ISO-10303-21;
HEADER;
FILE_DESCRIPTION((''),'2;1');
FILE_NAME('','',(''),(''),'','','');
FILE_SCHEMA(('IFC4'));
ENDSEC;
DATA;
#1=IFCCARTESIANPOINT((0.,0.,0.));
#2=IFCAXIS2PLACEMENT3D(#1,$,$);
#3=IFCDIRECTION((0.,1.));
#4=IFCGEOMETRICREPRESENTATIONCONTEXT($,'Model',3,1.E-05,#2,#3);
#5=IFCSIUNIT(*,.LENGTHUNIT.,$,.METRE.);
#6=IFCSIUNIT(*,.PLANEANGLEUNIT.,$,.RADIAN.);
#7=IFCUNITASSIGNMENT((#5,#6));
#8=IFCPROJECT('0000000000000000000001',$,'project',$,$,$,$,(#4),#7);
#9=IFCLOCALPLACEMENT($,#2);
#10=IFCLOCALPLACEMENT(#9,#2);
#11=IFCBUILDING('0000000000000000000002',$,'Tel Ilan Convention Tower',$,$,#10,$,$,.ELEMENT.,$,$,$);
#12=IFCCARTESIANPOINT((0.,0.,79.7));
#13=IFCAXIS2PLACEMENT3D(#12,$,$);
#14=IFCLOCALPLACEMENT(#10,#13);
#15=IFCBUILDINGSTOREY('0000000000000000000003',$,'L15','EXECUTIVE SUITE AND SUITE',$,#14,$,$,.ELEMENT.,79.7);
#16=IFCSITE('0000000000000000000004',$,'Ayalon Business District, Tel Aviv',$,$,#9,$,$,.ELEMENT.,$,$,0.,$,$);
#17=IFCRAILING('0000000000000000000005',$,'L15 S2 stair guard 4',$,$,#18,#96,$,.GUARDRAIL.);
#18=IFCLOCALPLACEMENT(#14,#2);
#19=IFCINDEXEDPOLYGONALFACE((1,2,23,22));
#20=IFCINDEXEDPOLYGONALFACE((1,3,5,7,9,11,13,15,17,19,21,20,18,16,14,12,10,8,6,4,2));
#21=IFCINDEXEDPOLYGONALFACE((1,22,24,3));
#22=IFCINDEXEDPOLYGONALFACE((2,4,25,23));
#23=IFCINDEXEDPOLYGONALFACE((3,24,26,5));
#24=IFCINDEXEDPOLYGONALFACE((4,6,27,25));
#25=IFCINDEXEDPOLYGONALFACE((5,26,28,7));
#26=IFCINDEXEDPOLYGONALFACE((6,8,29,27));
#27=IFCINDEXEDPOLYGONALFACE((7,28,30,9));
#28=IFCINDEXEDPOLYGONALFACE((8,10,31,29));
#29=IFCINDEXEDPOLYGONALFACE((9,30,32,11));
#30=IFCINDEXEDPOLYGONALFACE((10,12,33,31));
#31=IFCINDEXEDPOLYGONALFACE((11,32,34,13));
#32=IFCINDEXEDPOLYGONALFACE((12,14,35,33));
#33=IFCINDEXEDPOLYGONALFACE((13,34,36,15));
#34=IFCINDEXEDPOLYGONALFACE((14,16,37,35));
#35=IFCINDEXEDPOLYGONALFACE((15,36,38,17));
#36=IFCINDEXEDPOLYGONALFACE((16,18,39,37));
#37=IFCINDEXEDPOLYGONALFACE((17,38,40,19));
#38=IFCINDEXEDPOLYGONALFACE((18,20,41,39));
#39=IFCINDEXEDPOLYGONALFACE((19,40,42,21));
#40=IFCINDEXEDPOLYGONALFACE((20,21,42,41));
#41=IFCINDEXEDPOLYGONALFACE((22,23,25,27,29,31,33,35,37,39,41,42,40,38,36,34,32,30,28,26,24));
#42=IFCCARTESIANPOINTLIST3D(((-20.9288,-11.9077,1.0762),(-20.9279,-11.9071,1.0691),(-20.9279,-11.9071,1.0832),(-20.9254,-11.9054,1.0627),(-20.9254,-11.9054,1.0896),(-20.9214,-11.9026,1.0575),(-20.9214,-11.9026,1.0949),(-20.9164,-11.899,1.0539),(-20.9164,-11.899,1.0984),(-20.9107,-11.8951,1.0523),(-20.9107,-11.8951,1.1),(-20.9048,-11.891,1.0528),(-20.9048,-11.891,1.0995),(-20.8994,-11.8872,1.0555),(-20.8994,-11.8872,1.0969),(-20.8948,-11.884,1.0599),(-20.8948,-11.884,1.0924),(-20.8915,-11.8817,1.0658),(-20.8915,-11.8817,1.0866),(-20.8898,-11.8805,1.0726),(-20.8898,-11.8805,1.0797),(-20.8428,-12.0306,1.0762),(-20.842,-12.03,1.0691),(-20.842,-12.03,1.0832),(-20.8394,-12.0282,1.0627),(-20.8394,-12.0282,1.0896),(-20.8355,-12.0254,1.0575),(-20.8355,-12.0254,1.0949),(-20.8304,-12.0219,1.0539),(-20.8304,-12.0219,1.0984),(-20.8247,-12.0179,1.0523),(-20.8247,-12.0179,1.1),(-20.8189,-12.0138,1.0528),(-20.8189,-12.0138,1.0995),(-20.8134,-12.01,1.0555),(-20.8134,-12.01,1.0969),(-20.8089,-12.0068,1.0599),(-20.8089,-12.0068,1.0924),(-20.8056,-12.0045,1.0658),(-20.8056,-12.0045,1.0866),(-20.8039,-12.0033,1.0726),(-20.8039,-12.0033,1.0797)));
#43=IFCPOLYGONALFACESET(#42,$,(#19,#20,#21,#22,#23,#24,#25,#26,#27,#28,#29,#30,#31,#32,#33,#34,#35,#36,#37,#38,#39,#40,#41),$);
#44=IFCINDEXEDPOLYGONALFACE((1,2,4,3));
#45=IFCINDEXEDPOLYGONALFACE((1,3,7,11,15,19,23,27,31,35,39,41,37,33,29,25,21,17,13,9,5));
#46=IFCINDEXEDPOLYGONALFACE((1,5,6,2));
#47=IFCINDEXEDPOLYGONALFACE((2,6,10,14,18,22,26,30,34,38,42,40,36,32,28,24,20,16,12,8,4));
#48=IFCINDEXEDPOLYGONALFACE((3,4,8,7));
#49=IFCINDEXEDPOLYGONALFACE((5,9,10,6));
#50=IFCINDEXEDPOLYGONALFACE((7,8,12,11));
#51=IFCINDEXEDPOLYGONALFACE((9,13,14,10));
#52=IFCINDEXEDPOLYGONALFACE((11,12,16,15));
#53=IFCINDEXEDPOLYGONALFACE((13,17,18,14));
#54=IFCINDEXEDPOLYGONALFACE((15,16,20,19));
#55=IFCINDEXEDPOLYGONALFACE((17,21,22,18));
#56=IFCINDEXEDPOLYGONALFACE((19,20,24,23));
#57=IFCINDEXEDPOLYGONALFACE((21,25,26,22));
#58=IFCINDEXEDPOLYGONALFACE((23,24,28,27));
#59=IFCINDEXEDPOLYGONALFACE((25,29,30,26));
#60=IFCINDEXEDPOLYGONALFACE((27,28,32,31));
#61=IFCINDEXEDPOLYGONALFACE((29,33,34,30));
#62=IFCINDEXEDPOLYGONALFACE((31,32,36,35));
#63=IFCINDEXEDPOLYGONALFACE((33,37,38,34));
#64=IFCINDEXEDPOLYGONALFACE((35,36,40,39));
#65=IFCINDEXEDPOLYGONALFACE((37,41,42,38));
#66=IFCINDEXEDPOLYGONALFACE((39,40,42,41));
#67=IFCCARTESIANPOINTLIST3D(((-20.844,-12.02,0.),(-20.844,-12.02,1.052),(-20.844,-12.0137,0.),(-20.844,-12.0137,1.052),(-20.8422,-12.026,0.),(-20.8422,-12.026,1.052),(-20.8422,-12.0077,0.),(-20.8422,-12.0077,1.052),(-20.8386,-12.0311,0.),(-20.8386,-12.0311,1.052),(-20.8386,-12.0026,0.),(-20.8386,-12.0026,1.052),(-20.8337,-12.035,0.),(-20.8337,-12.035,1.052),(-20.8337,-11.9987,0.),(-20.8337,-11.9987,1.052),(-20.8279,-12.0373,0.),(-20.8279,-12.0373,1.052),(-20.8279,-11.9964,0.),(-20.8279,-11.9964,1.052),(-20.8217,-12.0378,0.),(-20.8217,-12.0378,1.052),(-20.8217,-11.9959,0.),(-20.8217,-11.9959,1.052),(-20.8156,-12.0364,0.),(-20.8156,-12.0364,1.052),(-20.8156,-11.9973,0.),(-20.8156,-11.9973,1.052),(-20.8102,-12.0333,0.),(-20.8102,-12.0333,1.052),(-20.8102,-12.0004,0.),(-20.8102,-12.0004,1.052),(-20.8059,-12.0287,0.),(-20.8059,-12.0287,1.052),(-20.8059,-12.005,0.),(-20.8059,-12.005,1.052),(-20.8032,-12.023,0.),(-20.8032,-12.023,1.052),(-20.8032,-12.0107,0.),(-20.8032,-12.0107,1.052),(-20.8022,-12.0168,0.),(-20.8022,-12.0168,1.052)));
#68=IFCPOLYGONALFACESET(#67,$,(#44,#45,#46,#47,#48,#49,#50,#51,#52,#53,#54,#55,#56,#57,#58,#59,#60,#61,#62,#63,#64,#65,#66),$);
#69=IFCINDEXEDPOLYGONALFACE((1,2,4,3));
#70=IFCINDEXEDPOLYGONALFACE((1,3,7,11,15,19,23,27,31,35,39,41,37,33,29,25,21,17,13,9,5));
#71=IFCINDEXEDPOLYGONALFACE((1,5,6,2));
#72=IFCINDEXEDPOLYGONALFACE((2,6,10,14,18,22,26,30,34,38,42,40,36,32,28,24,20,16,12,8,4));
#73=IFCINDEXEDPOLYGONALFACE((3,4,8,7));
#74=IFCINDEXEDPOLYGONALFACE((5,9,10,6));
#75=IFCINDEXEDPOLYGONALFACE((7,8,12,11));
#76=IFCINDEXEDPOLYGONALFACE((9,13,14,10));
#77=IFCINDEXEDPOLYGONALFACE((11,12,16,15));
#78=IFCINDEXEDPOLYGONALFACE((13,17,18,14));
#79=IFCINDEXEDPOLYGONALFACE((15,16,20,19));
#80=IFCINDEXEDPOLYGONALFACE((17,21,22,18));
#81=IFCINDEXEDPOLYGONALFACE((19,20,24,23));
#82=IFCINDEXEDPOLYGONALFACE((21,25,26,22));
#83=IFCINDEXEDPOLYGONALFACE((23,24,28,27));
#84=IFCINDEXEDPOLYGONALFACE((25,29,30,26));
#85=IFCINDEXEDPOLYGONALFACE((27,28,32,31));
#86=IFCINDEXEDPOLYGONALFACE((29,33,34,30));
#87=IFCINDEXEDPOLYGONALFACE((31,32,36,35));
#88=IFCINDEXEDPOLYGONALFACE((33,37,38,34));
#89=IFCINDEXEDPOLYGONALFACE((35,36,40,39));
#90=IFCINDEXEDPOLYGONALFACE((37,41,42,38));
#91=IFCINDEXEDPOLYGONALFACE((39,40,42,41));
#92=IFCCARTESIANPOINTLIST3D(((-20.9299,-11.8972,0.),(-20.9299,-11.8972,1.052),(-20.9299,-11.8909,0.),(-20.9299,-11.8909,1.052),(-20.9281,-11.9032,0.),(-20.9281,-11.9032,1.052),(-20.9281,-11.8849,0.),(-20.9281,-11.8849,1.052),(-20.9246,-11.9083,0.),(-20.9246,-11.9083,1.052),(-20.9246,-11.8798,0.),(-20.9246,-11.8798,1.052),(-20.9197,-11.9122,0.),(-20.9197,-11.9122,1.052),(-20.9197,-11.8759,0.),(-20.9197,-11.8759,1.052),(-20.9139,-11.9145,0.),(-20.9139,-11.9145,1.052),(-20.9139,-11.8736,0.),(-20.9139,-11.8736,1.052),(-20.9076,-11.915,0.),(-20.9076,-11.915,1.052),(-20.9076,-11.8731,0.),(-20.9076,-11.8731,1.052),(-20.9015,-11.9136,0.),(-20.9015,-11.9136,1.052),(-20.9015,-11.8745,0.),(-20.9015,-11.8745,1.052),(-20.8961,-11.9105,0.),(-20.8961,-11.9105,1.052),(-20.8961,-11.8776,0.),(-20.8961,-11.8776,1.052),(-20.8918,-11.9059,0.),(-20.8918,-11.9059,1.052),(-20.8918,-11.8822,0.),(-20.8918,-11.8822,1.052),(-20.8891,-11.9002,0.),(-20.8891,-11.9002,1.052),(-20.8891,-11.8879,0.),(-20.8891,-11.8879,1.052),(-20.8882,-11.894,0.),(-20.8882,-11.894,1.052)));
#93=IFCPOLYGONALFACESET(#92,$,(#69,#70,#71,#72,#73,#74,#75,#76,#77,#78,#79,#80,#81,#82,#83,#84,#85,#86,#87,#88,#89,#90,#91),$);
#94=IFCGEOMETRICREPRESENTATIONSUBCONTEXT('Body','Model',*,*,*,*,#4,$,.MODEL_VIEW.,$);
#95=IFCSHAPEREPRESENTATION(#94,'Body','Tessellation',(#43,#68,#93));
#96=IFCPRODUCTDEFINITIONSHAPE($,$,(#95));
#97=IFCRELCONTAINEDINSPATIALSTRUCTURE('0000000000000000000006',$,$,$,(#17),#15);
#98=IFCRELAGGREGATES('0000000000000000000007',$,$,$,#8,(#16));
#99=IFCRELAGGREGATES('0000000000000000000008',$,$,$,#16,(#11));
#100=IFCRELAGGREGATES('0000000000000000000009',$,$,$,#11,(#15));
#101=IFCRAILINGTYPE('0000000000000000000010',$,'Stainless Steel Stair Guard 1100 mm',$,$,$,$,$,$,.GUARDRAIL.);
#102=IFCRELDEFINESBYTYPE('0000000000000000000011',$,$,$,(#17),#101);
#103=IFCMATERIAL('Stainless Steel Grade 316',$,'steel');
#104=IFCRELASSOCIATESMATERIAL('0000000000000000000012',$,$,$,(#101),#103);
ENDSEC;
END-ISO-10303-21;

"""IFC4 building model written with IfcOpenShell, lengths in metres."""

from ifc_helpers import new_model, si_unit, direction, frame, origin, origin_2d, place, context, subcontext, project, spatial, circle, extrude, material, type_object, element, save


model = new_model("IFC4")

# Units and contexts
model_context = context("Model", 3, precision=1e-05, world=origin(), true_north=direction((0.0, 1.0)))
body_context = subcontext(model_context, "Body", "Model", "MODEL_VIEW")
ifc_project = project(units=[si_unit("LENGTHUNIT", "METRE"), si_unit("PLANEANGLEUNIT", "RADIAN")], contexts=[model_context])

# Site, building, storey
site_placement = place(None, origin())
site = spatial("IfcSite", under=ifc_project, at=site_placement, Name="Ayalon Business District, Tel Aviv", CompositionType="ELEMENT", RefElevation=0.0)
building_placement = place(site_placement, origin())
building = spatial("IfcBuilding", under=site, at=building_placement, Name="Tel Ilan Convention Tower", CompositionType="ELEMENT")
storey_placement = place(building_placement, frame((0.0, 0.0, 79.7)))
storey = spatial("IfcBuildingStorey", under=building, at=storey_placement, Name="L15", Description="EXECUTIVE SUITE AND SUITE", CompositionType="ELEMENT", Elevation=79.7)

# Railing
ifc_material_1 = material(Name="Stainless Steel Grade 316", Category="steel")
railing_type_1 = type_object("IfcRailingType", Name="Stainless Steel Stair Guard 1100 mm", PredefinedType="GUARDRAIL", material=ifc_material_1)
railing_1_placement = place(storey_placement, frame((-20.8232, -12.0168, 0.0)))
element("IfcRailing", 1, at=railing_1_placement, inside=storey, type_object=railing_type_1, Name="L15 S2 stair guard 4", PredefinedType="GUARDRAIL", context=body_context, shape_type="SweptSolid", body=[
    extrude(circle(Radius=0.0239, at=origin_2d()), frame((0.0, 0.0, 1.0762), z_axis=(-0.573353, 0.819308, 0.0), x_axis=(-0.819308, -0.573353, 0.0)), (0.0, 0.0, 1.0), 0.1499),
    extrude(circle(Radius=0.021, at=origin_2d()), origin(), (0.0, 0.0, 1.0), 1.052),
    extrude(circle(Radius=0.021, at=origin_2d()), frame((-0.0859, 0.1228, 0.0)), (0.0, 0.0, 1.0), 1.052),
])

save(model, "model.ifc")
